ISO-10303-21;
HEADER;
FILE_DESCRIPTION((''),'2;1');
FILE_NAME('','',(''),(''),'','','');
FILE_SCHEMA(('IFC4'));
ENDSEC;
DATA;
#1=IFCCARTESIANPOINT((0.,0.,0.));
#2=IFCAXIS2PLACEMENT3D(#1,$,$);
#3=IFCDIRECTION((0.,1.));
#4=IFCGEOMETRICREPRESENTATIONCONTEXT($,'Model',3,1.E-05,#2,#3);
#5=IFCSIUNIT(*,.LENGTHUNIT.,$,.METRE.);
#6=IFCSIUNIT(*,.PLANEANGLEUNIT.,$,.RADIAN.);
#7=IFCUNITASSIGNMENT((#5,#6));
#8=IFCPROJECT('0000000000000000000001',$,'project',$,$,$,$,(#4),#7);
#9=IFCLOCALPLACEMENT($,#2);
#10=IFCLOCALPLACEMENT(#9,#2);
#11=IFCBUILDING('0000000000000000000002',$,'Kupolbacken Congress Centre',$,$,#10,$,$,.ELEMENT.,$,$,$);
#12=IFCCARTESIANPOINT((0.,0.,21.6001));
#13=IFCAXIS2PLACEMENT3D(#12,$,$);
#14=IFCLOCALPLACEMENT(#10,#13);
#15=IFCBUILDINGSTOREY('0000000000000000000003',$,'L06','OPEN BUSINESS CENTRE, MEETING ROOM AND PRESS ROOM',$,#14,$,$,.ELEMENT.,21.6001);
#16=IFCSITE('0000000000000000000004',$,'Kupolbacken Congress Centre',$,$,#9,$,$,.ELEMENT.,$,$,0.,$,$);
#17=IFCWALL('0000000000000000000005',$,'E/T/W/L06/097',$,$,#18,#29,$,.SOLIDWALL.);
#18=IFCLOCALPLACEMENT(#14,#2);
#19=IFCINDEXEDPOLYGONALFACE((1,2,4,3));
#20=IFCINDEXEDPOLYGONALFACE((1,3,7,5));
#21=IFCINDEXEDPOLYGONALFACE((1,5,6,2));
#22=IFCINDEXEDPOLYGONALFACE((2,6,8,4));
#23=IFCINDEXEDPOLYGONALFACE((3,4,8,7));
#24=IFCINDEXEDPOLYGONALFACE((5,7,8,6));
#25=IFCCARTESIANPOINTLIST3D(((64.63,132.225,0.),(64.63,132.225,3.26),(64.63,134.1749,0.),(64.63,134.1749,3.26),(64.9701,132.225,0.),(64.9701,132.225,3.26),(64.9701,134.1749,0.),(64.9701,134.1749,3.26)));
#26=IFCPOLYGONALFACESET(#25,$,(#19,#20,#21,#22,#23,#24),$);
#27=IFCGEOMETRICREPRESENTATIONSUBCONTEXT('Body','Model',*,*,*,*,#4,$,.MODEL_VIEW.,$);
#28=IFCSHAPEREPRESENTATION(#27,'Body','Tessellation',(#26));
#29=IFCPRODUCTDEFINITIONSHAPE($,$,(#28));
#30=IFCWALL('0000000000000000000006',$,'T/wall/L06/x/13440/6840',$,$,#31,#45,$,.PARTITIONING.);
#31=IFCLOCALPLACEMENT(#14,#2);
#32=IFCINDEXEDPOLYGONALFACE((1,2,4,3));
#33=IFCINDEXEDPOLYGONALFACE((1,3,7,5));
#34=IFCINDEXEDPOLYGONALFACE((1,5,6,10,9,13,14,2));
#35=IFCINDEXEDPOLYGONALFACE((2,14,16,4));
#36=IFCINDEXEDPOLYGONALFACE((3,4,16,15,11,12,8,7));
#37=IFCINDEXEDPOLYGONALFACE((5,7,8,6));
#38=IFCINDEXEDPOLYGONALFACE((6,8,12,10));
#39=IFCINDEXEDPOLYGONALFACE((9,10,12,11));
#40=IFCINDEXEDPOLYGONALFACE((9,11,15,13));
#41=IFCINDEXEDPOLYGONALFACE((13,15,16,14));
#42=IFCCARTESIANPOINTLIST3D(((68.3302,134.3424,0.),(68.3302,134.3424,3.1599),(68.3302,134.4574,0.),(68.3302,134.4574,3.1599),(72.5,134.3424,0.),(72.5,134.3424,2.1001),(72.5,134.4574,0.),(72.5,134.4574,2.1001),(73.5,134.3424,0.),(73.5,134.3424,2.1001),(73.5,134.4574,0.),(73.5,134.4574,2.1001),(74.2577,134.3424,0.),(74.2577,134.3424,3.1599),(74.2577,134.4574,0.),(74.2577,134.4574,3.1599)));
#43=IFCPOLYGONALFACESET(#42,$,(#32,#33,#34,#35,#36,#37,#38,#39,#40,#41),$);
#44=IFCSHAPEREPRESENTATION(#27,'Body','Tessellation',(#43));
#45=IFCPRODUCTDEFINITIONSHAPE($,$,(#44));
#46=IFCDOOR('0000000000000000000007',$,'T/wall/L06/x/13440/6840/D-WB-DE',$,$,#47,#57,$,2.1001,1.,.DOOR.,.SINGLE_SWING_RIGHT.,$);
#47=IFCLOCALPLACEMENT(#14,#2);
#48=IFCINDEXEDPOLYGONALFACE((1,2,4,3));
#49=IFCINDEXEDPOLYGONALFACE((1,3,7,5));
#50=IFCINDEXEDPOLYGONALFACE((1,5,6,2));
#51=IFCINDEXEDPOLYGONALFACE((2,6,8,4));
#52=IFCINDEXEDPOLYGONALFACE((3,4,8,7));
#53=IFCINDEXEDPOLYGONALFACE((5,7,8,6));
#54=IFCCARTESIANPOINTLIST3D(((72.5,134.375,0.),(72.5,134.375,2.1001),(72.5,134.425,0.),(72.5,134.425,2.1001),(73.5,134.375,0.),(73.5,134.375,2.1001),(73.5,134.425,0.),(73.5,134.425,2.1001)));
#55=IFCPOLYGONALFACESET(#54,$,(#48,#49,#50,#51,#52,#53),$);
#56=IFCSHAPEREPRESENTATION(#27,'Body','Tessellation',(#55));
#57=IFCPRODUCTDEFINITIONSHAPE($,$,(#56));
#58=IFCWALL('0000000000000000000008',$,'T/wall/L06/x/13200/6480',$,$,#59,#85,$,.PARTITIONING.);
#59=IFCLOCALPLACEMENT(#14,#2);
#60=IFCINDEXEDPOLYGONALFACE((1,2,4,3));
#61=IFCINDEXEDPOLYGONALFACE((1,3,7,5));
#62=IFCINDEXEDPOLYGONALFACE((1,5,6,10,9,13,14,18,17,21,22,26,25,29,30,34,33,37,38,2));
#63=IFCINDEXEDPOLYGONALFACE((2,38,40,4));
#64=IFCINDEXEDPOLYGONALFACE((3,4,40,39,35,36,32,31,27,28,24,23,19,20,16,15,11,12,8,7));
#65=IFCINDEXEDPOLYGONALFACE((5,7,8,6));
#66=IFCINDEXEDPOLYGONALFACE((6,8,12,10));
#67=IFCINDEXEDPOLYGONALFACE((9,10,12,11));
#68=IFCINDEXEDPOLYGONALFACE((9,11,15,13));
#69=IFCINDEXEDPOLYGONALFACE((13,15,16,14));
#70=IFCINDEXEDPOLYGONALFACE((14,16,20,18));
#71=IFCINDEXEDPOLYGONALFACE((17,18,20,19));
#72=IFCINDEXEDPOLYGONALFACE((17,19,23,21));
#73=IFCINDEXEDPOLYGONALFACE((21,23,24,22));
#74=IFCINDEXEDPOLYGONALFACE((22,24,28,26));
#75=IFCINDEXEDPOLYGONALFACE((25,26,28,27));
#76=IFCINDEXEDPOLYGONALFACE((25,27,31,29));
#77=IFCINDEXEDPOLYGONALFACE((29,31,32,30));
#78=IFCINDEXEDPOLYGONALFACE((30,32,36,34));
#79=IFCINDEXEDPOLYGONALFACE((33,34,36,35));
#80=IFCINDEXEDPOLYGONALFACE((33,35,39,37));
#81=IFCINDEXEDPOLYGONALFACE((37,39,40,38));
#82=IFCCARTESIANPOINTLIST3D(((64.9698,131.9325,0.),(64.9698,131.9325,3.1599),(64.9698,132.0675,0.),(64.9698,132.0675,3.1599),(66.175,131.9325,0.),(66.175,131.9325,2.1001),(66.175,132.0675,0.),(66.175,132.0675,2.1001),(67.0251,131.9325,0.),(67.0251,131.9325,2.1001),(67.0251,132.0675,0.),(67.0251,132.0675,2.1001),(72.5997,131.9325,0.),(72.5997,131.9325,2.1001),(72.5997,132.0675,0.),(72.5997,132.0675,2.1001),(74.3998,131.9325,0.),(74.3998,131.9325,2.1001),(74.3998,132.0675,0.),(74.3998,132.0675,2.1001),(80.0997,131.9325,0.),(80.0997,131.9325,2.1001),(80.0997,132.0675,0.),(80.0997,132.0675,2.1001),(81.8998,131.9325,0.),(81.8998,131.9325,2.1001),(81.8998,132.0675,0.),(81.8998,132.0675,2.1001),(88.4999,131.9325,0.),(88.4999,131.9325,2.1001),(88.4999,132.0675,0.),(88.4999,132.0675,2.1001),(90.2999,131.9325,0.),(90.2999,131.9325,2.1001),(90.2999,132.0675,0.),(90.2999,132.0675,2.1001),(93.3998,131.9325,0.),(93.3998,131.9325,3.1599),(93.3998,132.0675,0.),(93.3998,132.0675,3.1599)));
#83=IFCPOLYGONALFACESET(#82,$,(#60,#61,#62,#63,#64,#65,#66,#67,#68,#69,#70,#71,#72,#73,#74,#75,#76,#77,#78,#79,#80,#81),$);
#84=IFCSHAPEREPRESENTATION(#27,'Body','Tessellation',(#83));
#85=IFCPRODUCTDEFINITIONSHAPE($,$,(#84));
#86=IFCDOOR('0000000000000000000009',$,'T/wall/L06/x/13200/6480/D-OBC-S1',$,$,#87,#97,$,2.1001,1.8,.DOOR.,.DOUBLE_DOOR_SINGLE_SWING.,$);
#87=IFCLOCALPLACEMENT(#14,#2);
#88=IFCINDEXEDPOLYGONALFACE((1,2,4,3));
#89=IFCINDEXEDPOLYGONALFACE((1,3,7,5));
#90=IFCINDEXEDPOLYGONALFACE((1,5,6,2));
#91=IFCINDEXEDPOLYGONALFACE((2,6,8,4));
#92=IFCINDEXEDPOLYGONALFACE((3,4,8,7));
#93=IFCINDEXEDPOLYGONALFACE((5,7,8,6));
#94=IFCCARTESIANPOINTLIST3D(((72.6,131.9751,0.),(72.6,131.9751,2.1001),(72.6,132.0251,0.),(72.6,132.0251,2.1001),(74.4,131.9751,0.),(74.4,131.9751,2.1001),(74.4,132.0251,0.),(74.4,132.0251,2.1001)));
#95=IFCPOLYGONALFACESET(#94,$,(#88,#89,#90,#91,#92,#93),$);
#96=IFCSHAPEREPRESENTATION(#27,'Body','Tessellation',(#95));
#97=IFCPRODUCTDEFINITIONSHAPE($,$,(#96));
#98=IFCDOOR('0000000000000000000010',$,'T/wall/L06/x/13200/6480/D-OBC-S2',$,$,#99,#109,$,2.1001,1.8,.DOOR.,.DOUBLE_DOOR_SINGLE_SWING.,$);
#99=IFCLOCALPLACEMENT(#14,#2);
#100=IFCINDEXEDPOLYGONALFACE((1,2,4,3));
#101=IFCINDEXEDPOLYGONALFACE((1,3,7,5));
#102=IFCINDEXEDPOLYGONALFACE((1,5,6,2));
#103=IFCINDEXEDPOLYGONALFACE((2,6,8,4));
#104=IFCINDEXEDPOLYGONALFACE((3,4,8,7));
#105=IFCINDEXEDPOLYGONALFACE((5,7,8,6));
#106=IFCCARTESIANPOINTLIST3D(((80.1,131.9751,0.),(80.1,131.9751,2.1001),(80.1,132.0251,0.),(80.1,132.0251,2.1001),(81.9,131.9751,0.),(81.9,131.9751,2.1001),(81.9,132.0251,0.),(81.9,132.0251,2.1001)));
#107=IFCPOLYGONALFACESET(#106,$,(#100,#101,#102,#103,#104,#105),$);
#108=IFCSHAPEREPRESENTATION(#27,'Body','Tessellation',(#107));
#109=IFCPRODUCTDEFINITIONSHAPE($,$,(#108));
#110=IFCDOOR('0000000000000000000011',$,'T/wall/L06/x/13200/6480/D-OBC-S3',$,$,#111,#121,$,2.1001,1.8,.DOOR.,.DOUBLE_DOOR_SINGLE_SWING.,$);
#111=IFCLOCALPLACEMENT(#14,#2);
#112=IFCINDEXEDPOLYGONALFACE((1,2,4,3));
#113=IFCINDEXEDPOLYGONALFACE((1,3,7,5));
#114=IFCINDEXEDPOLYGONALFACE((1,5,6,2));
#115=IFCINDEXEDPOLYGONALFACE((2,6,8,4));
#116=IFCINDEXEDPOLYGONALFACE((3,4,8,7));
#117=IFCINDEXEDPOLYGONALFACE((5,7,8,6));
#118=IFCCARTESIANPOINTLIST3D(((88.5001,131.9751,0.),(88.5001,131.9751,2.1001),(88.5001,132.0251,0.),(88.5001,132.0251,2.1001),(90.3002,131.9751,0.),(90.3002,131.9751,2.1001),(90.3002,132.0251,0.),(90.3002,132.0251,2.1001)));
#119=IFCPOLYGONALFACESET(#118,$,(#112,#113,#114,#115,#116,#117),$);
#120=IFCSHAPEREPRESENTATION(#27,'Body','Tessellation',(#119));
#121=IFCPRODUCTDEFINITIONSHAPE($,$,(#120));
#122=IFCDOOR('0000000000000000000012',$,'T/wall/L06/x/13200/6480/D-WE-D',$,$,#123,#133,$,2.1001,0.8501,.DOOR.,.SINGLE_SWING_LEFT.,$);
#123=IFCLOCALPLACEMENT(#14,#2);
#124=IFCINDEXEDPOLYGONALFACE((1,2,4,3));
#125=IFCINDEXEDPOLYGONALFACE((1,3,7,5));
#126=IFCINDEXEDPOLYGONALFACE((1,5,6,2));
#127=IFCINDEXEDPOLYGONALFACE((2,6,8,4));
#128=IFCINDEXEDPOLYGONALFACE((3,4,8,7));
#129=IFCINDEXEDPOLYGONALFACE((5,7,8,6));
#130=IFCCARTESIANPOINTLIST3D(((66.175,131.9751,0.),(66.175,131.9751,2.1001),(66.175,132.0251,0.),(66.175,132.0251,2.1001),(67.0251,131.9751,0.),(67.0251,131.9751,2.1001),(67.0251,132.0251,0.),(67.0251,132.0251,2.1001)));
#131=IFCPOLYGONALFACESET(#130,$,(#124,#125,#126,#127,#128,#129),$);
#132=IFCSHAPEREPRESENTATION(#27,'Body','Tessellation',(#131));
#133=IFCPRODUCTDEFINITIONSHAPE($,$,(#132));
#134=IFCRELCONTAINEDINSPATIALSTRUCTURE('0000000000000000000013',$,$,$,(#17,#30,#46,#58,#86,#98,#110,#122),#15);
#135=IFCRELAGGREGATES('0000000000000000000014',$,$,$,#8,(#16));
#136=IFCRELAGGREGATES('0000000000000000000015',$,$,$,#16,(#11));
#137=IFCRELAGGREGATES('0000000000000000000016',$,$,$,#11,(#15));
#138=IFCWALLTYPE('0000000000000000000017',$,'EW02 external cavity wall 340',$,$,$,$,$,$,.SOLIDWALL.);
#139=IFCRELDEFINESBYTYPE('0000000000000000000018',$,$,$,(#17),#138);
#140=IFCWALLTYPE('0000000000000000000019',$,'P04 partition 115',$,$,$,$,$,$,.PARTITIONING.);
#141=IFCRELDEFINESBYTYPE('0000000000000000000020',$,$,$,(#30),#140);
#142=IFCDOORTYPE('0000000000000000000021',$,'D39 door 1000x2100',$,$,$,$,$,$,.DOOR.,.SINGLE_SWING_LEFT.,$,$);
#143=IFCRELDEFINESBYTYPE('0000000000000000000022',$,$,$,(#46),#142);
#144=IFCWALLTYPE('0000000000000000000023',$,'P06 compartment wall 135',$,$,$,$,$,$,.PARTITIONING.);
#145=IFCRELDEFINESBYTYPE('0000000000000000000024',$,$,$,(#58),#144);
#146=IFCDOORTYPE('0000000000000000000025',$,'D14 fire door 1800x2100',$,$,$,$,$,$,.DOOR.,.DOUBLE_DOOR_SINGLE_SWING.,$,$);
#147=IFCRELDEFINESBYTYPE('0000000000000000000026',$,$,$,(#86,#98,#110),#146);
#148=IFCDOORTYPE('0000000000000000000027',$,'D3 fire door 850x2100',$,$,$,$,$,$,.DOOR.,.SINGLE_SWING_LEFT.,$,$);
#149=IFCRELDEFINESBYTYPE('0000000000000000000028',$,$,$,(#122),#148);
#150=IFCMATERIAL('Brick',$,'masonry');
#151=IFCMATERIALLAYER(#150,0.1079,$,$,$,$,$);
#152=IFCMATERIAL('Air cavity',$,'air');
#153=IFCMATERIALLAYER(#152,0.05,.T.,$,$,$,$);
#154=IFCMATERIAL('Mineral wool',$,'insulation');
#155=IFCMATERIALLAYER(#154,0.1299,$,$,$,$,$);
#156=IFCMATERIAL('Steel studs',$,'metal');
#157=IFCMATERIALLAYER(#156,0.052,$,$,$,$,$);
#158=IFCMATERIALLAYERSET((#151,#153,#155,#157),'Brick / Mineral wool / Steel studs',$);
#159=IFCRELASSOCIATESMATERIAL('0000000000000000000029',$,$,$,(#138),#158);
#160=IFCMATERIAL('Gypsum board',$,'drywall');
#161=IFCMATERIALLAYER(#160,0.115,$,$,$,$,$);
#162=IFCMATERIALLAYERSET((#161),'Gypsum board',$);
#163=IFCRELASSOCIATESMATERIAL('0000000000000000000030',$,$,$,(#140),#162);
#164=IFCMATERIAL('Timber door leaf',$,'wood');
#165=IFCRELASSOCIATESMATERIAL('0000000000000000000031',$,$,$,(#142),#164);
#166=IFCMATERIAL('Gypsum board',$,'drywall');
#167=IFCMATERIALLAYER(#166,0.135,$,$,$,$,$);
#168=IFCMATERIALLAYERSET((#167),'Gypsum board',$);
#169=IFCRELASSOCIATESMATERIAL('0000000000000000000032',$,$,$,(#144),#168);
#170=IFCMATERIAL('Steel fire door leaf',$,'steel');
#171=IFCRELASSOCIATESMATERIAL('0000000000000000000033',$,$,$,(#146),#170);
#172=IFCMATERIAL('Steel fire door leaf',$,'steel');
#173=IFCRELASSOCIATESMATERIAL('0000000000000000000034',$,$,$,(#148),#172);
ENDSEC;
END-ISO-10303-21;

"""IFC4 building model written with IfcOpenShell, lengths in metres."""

from ifc_helpers import new_model, si_unit, direction, frame, frame_2d, origin, place, context, subcontext, project, spatial, rectangle, extrude, material, layer, layer_set, type_object, element, fill, save


model = new_model("IFC4")

# Units and contexts
model_context = context("Model", 3, precision=1e-05, world=origin(), true_north=direction((0.0, 1.0)))
body_context = subcontext(model_context, "Body", "Model", "MODEL_VIEW")
ifc_project = project(units=[si_unit("LENGTHUNIT", "METRE"), si_unit("PLANEANGLEUNIT", "RADIAN")], contexts=[model_context])

# Site, building, storey
site_placement = place(None, origin())
site = spatial("IfcSite", under=ifc_project, at=site_placement, Name="Kupolbacken Congress Centre", CompositionType="ELEMENT", RefElevation=0.0)
building_placement = place(site_placement, origin())
building = spatial("IfcBuilding", under=site, at=building_placement, Name="Kupolbacken Congress Centre", CompositionType="ELEMENT")
storey_placement = place(building_placement, frame((0.0, 0.0, 21.6001)))
storey = spatial("IfcBuildingStorey", under=building, at=storey_placement, Name="L06", Description="OPEN BUSINESS CENTRE, MEETING ROOM AND PRESS ROOM", CompositionType="ELEMENT", Elevation=21.6001)

# Wall
ifc_material_1 = material(Name="Brick", Category="masonry")
ifc_layer_1 = layer(ifc_material_1, 0.1079)
ifc_material_2 = material(Name="Air cavity", Category="air")
ifc_layer_2 = layer(ifc_material_2, 0.05, ventilated=True)
ifc_material_3 = material(Name="Mineral wool", Category="insulation")
ifc_layer_3 = layer(ifc_material_3, 0.1299)
ifc_material_4 = material(Name="Steel studs", Category="metal")
ifc_layer_4 = layer(ifc_material_4, 0.052)
ifc_layer_set_1 = layer_set([ifc_layer_1, ifc_layer_2, ifc_layer_3, ifc_layer_4], Name="Brick / Mineral wool / Steel studs")
wall_type_1 = type_object("IfcWallType", Name="EW02 external cavity wall 340", PredefinedType="SOLIDWALL", material=ifc_layer_set_1)
wall_1_placement = place(storey_placement, frame((64.8, 134.175, 0.0), z_axis=(0.0, 0.0, 1.0), x_axis=(0.0, -1.0, 0.0)))
element("IfcWall", 1, at=wall_1_placement, inside=storey, type_object=wall_type_1, Name="E/T/W/L06/097", PredefinedType="SOLIDWALL", context=body_context, shape_type="SweptSolid", body=[
    extrude(rectangle(XDim=1.95, YDim=0.3401, at=frame_2d((0.9751, 0.0))), origin(), (0.0, 0.0, 1.0), 3.26),
])

# Wall, opening, door
ifc_material_5 = material(Name="Gypsum board", Category="drywall")
ifc_layer_5 = layer(ifc_material_5, 0.115)
ifc_layer_set_2 = layer_set([ifc_layer_5], Name="Gypsum board")
wall_type_2 = type_object("IfcWallType", Name="P04 partition 115", PredefinedType="PARTITIONING", material=ifc_layer_set_2)
wall_2_placement = place(storey_placement, frame((68.3301, 134.3999, 0.0), z_axis=(0.0, 0.0, 1.0), x_axis=(1.0, 0.0, 0.0)))
wall_2 = element("IfcWall", 2, at=wall_2_placement, inside=storey, type_object=wall_type_2, Name="T/wall/L06/x/13440/6840", PredefinedType="PARTITIONING", context=body_context, shape_type="SweptSolid", body=[
    extrude(rectangle(XDim=5.9275, YDim=0.115, at=frame_2d((2.9639, 0.0))), origin(), (0.0, 0.0, 1.0), 3.1599),
])
opening_1_placement = place(wall_2_placement, frame((4.1699, 0.0, 0.0)))
opening_1 = element("IfcOpeningElement", 3, at=opening_1_placement, cuts=wall_2, PredefinedType="OPENING", context=body_context, shape_type="SweptSolid", body=[
    extrude(rectangle(XDim=1.0, YDim=2.1001, at=frame_2d((0.5, 1.05))), frame((0.0, 0.0674, 0.0), z_axis=(0.0, -1.0, 0.0), x_axis=(1.0, 0.0, 0.0)), (0.0, 0.0, 1.0), 0.135),
])
ifc_material_6 = material(Name="Timber door leaf", Category="wood")
door_type_1 = type_object("IfcDoorType", Name="D39 door 1000x2100", OperationType="SINGLE_SWING_LEFT", PredefinedType="DOOR", material=ifc_material_6)
door_1_placement = place(opening_1_placement, frame((1.0, 0.0, 0.0), z_axis=(0.0, 0.0, 1.0), x_axis=(-1.0, 0.0, 0.0)))
door_1 = element("IfcDoor", 4, at=door_1_placement, inside=storey, type_object=door_type_1, Name="T/wall/L06/x/13440/6840/D-WB-DE", OperationType="SINGLE_SWING_RIGHT", OverallHeight=2.1001, OverallWidth=1.0, PredefinedType="DOOR", context=body_context, shape_type="SweptSolid", body=[
    extrude(rectangle(XDim=1.0, YDim=2.1001, at=frame_2d((0.5, 1.05))), frame((0.0, 0.0249, 0.0), z_axis=(0.0, -1.0, 0.0), x_axis=(1.0, 0.0, 0.0)), (0.0, 0.0, 1.0), 0.05),
])
fill(opening_1, door_1)

# Wall, openings, doors
ifc_material_7 = material(Name="Gypsum board", Category="drywall")
ifc_layer_6 = layer(ifc_material_7, 0.135)
ifc_layer_set_3 = layer_set([ifc_layer_6], Name="Gypsum board")
wall_type_3 = type_object("IfcWallType", Name="P06 compartment wall 135", PredefinedType="PARTITIONING", material=ifc_layer_set_3)
wall_3_placement = place(storey_placement, frame((64.97, 132.0, 0.0), z_axis=(0.0, 0.0, 1.0), x_axis=(1.0, 0.0, 0.0)))
wall_3 = element("IfcWall", 5, at=wall_3_placement, inside=storey, type_object=wall_type_3, Name="T/wall/L06/x/13200/6480", PredefinedType="PARTITIONING", context=body_context, shape_type="SweptSolid", body=[
    extrude(rectangle(XDim=28.4299, YDim=0.135, at=frame_2d((14.2148, 0.0))), origin(), (0.0, 0.0, 1.0), 3.1599),
])
opening_2_placement = place(wall_3_placement, frame((1.2051, 0.0, 0.0)))
opening_2 = element("IfcOpeningElement", 6, at=opening_2_placement, cuts=wall_3, PredefinedType="OPENING", context=body_context, shape_type="SweptSolid", body=[
    extrude(rectangle(XDim=0.8501, YDim=2.1001, at=frame_2d((0.425, 1.05))), frame((0.0, 0.0774, 0.0), z_axis=(0.0, -1.0, 0.0), x_axis=(1.0, 0.0, 0.0)), (0.0, 0.0, 1.0), 0.155),
])
opening_3_placement = place(wall_3_placement, frame((7.6299, 0.0, 0.0)))
opening_3 = element("IfcOpeningElement", 7, at=opening_3_placement, cuts=wall_3, PredefinedType="OPENING", context=body_context, shape_type="SweptSolid", body=[
    extrude(rectangle(XDim=1.8, YDim=2.1001, at=frame_2d((0.8999, 1.05))), frame((0.0, 0.0774, 0.0), z_axis=(0.0, -1.0, 0.0), x_axis=(1.0, 0.0, 0.0)), (0.0, 0.0, 1.0), 0.155),
])
opening_4_placement = place(wall_3_placement, frame((15.1299, 0.0, 0.0)))
opening_4 = element("IfcOpeningElement", 8, at=opening_4_placement, cuts=wall_3, PredefinedType="OPENING", context=body_context, shape_type="SweptSolid", body=[
    extrude(rectangle(XDim=1.8, YDim=2.1001, at=frame_2d((0.8999, 1.05))), frame((0.0, 0.0774, 0.0), z_axis=(0.0, -1.0, 0.0), x_axis=(1.0, 0.0, 0.0)), (0.0, 0.0, 1.0), 0.155),
])
opening_5_placement = place(wall_3_placement, frame((23.53, 0.0, 0.0)))
opening_5 = element("IfcOpeningElement", 9, at=opening_5_placement, cuts=wall_3, PredefinedType="OPENING", context=body_context, shape_type="SweptSolid", body=[
    extrude(rectangle(XDim=1.8, YDim=2.1001, at=frame_2d((0.8999, 1.05))), frame((0.0, 0.0774, 0.0), z_axis=(0.0, -1.0, 0.0), x_axis=(1.0, 0.0, 0.0)), (0.0, 0.0, 1.0), 0.155),
])
ifc_material_8 = material(Name="Steel fire door leaf", Category="steel")
door_type_2 = type_object("IfcDoorType", Name="D14 fire door 1800x2100", OperationType="DOUBLE_DOOR_SINGLE_SWING", PredefinedType="DOOR", material=ifc_material_8)
door_2_placement = place(opening_3_placement, frame((1.8, 0.0, 0.0), z_axis=(0.0, 0.0, 1.0), x_axis=(-1.0, 0.0, 0.0)))
door_2 = element("IfcDoor", 10, at=door_2_placement, inside=storey, type_object=door_type_2, Name="T/wall/L06/x/13200/6480/D-OBC-S1", OperationType="DOUBLE_DOOR_SINGLE_SWING", OverallHeight=2.1001, OverallWidth=1.8, PredefinedType="DOOR", context=body_context, shape_type="SweptSolid", body=[
    extrude(rectangle(XDim=1.8, YDim=2.1001, at=frame_2d((0.8999, 1.05))), frame((0.0, 0.0249, 0.0), z_axis=(0.0, -1.0, 0.0), x_axis=(1.0, 0.0, 0.0)), (0.0, 0.0, 1.0), 0.05),
])
fill(opening_3, door_2)
door_3_placement = place(opening_4_placement, frame((1.8, 0.0, 0.0), z_axis=(0.0, 0.0, 1.0), x_axis=(-1.0, 0.0, 0.0)))
door_3 = element("IfcDoor", 11, at=door_3_placement, inside=storey, type_object=door_type_2, Name="T/wall/L06/x/13200/6480/D-OBC-S2", OperationType="DOUBLE_DOOR_SINGLE_SWING", OverallHeight=2.1001, OverallWidth=1.8, PredefinedType="DOOR", context=body_context, shape_type="SweptSolid", body=[
    extrude(rectangle(XDim=1.8, YDim=2.1001, at=frame_2d((0.8999, 1.05))), frame((0.0, 0.0249, 0.0), z_axis=(0.0, -1.0, 0.0), x_axis=(1.0, 0.0, 0.0)), (0.0, 0.0, 1.0), 0.05),
])
fill(opening_4, door_3)
door_4_placement = place(opening_5_placement, frame((1.8, 0.0, 0.0), z_axis=(0.0, 0.0, 1.0), x_axis=(-1.0, 0.0, 0.0)))
door_4 = element("IfcDoor", 12, at=door_4_placement, inside=storey, type_object=door_type_2, Name="T/wall/L06/x/13200/6480/D-OBC-S3", OperationType="DOUBLE_DOOR_SINGLE_SWING", OverallHeight=2.1001, OverallWidth=1.8, PredefinedType="DOOR", context=body_context, shape_type="SweptSolid", body=[
    extrude(rectangle(XDim=1.8, YDim=2.1001, at=frame_2d((0.8999, 1.05))), frame((0.0, 0.0249, 0.0), z_axis=(0.0, -1.0, 0.0), x_axis=(1.0, 0.0, 0.0)), (0.0, 0.0, 1.0), 0.05),
])
fill(opening_5, door_4)
ifc_material_9 = material(Name="Steel fire door leaf", Category="steel")
door_type_3 = type_object("IfcDoorType", Name="D3 fire door 850x2100", OperationType="SINGLE_SWING_LEFT", PredefinedType="DOOR", material=ifc_material_9)
door_5_placement = place(opening_2_placement, frame((0.8501, 0.0, 0.0), z_axis=(0.0, 0.0, 1.0), x_axis=(-1.0, 0.0, 0.0)))
door_5 = element("IfcDoor", 13, at=door_5_placement, inside=storey, type_object=door_type_3, Name="T/wall/L06/x/13200/6480/D-WE-D", OperationType="SINGLE_SWING_LEFT", OverallHeight=2.1001, OverallWidth=0.8501, PredefinedType="DOOR", context=body_context, shape_type="SweptSolid", body=[
    extrude(rectangle(XDim=0.8501, YDim=2.1001, at=frame_2d((0.425, 1.05))), frame((0.0, 0.0249, 0.0), z_axis=(0.0, -1.0, 0.0), x_axis=(1.0, 0.0, 0.0)), (0.0, 0.0, 1.0), 0.05),
])
fill(opening_2, door_5)

save(model, "model.ifc")
